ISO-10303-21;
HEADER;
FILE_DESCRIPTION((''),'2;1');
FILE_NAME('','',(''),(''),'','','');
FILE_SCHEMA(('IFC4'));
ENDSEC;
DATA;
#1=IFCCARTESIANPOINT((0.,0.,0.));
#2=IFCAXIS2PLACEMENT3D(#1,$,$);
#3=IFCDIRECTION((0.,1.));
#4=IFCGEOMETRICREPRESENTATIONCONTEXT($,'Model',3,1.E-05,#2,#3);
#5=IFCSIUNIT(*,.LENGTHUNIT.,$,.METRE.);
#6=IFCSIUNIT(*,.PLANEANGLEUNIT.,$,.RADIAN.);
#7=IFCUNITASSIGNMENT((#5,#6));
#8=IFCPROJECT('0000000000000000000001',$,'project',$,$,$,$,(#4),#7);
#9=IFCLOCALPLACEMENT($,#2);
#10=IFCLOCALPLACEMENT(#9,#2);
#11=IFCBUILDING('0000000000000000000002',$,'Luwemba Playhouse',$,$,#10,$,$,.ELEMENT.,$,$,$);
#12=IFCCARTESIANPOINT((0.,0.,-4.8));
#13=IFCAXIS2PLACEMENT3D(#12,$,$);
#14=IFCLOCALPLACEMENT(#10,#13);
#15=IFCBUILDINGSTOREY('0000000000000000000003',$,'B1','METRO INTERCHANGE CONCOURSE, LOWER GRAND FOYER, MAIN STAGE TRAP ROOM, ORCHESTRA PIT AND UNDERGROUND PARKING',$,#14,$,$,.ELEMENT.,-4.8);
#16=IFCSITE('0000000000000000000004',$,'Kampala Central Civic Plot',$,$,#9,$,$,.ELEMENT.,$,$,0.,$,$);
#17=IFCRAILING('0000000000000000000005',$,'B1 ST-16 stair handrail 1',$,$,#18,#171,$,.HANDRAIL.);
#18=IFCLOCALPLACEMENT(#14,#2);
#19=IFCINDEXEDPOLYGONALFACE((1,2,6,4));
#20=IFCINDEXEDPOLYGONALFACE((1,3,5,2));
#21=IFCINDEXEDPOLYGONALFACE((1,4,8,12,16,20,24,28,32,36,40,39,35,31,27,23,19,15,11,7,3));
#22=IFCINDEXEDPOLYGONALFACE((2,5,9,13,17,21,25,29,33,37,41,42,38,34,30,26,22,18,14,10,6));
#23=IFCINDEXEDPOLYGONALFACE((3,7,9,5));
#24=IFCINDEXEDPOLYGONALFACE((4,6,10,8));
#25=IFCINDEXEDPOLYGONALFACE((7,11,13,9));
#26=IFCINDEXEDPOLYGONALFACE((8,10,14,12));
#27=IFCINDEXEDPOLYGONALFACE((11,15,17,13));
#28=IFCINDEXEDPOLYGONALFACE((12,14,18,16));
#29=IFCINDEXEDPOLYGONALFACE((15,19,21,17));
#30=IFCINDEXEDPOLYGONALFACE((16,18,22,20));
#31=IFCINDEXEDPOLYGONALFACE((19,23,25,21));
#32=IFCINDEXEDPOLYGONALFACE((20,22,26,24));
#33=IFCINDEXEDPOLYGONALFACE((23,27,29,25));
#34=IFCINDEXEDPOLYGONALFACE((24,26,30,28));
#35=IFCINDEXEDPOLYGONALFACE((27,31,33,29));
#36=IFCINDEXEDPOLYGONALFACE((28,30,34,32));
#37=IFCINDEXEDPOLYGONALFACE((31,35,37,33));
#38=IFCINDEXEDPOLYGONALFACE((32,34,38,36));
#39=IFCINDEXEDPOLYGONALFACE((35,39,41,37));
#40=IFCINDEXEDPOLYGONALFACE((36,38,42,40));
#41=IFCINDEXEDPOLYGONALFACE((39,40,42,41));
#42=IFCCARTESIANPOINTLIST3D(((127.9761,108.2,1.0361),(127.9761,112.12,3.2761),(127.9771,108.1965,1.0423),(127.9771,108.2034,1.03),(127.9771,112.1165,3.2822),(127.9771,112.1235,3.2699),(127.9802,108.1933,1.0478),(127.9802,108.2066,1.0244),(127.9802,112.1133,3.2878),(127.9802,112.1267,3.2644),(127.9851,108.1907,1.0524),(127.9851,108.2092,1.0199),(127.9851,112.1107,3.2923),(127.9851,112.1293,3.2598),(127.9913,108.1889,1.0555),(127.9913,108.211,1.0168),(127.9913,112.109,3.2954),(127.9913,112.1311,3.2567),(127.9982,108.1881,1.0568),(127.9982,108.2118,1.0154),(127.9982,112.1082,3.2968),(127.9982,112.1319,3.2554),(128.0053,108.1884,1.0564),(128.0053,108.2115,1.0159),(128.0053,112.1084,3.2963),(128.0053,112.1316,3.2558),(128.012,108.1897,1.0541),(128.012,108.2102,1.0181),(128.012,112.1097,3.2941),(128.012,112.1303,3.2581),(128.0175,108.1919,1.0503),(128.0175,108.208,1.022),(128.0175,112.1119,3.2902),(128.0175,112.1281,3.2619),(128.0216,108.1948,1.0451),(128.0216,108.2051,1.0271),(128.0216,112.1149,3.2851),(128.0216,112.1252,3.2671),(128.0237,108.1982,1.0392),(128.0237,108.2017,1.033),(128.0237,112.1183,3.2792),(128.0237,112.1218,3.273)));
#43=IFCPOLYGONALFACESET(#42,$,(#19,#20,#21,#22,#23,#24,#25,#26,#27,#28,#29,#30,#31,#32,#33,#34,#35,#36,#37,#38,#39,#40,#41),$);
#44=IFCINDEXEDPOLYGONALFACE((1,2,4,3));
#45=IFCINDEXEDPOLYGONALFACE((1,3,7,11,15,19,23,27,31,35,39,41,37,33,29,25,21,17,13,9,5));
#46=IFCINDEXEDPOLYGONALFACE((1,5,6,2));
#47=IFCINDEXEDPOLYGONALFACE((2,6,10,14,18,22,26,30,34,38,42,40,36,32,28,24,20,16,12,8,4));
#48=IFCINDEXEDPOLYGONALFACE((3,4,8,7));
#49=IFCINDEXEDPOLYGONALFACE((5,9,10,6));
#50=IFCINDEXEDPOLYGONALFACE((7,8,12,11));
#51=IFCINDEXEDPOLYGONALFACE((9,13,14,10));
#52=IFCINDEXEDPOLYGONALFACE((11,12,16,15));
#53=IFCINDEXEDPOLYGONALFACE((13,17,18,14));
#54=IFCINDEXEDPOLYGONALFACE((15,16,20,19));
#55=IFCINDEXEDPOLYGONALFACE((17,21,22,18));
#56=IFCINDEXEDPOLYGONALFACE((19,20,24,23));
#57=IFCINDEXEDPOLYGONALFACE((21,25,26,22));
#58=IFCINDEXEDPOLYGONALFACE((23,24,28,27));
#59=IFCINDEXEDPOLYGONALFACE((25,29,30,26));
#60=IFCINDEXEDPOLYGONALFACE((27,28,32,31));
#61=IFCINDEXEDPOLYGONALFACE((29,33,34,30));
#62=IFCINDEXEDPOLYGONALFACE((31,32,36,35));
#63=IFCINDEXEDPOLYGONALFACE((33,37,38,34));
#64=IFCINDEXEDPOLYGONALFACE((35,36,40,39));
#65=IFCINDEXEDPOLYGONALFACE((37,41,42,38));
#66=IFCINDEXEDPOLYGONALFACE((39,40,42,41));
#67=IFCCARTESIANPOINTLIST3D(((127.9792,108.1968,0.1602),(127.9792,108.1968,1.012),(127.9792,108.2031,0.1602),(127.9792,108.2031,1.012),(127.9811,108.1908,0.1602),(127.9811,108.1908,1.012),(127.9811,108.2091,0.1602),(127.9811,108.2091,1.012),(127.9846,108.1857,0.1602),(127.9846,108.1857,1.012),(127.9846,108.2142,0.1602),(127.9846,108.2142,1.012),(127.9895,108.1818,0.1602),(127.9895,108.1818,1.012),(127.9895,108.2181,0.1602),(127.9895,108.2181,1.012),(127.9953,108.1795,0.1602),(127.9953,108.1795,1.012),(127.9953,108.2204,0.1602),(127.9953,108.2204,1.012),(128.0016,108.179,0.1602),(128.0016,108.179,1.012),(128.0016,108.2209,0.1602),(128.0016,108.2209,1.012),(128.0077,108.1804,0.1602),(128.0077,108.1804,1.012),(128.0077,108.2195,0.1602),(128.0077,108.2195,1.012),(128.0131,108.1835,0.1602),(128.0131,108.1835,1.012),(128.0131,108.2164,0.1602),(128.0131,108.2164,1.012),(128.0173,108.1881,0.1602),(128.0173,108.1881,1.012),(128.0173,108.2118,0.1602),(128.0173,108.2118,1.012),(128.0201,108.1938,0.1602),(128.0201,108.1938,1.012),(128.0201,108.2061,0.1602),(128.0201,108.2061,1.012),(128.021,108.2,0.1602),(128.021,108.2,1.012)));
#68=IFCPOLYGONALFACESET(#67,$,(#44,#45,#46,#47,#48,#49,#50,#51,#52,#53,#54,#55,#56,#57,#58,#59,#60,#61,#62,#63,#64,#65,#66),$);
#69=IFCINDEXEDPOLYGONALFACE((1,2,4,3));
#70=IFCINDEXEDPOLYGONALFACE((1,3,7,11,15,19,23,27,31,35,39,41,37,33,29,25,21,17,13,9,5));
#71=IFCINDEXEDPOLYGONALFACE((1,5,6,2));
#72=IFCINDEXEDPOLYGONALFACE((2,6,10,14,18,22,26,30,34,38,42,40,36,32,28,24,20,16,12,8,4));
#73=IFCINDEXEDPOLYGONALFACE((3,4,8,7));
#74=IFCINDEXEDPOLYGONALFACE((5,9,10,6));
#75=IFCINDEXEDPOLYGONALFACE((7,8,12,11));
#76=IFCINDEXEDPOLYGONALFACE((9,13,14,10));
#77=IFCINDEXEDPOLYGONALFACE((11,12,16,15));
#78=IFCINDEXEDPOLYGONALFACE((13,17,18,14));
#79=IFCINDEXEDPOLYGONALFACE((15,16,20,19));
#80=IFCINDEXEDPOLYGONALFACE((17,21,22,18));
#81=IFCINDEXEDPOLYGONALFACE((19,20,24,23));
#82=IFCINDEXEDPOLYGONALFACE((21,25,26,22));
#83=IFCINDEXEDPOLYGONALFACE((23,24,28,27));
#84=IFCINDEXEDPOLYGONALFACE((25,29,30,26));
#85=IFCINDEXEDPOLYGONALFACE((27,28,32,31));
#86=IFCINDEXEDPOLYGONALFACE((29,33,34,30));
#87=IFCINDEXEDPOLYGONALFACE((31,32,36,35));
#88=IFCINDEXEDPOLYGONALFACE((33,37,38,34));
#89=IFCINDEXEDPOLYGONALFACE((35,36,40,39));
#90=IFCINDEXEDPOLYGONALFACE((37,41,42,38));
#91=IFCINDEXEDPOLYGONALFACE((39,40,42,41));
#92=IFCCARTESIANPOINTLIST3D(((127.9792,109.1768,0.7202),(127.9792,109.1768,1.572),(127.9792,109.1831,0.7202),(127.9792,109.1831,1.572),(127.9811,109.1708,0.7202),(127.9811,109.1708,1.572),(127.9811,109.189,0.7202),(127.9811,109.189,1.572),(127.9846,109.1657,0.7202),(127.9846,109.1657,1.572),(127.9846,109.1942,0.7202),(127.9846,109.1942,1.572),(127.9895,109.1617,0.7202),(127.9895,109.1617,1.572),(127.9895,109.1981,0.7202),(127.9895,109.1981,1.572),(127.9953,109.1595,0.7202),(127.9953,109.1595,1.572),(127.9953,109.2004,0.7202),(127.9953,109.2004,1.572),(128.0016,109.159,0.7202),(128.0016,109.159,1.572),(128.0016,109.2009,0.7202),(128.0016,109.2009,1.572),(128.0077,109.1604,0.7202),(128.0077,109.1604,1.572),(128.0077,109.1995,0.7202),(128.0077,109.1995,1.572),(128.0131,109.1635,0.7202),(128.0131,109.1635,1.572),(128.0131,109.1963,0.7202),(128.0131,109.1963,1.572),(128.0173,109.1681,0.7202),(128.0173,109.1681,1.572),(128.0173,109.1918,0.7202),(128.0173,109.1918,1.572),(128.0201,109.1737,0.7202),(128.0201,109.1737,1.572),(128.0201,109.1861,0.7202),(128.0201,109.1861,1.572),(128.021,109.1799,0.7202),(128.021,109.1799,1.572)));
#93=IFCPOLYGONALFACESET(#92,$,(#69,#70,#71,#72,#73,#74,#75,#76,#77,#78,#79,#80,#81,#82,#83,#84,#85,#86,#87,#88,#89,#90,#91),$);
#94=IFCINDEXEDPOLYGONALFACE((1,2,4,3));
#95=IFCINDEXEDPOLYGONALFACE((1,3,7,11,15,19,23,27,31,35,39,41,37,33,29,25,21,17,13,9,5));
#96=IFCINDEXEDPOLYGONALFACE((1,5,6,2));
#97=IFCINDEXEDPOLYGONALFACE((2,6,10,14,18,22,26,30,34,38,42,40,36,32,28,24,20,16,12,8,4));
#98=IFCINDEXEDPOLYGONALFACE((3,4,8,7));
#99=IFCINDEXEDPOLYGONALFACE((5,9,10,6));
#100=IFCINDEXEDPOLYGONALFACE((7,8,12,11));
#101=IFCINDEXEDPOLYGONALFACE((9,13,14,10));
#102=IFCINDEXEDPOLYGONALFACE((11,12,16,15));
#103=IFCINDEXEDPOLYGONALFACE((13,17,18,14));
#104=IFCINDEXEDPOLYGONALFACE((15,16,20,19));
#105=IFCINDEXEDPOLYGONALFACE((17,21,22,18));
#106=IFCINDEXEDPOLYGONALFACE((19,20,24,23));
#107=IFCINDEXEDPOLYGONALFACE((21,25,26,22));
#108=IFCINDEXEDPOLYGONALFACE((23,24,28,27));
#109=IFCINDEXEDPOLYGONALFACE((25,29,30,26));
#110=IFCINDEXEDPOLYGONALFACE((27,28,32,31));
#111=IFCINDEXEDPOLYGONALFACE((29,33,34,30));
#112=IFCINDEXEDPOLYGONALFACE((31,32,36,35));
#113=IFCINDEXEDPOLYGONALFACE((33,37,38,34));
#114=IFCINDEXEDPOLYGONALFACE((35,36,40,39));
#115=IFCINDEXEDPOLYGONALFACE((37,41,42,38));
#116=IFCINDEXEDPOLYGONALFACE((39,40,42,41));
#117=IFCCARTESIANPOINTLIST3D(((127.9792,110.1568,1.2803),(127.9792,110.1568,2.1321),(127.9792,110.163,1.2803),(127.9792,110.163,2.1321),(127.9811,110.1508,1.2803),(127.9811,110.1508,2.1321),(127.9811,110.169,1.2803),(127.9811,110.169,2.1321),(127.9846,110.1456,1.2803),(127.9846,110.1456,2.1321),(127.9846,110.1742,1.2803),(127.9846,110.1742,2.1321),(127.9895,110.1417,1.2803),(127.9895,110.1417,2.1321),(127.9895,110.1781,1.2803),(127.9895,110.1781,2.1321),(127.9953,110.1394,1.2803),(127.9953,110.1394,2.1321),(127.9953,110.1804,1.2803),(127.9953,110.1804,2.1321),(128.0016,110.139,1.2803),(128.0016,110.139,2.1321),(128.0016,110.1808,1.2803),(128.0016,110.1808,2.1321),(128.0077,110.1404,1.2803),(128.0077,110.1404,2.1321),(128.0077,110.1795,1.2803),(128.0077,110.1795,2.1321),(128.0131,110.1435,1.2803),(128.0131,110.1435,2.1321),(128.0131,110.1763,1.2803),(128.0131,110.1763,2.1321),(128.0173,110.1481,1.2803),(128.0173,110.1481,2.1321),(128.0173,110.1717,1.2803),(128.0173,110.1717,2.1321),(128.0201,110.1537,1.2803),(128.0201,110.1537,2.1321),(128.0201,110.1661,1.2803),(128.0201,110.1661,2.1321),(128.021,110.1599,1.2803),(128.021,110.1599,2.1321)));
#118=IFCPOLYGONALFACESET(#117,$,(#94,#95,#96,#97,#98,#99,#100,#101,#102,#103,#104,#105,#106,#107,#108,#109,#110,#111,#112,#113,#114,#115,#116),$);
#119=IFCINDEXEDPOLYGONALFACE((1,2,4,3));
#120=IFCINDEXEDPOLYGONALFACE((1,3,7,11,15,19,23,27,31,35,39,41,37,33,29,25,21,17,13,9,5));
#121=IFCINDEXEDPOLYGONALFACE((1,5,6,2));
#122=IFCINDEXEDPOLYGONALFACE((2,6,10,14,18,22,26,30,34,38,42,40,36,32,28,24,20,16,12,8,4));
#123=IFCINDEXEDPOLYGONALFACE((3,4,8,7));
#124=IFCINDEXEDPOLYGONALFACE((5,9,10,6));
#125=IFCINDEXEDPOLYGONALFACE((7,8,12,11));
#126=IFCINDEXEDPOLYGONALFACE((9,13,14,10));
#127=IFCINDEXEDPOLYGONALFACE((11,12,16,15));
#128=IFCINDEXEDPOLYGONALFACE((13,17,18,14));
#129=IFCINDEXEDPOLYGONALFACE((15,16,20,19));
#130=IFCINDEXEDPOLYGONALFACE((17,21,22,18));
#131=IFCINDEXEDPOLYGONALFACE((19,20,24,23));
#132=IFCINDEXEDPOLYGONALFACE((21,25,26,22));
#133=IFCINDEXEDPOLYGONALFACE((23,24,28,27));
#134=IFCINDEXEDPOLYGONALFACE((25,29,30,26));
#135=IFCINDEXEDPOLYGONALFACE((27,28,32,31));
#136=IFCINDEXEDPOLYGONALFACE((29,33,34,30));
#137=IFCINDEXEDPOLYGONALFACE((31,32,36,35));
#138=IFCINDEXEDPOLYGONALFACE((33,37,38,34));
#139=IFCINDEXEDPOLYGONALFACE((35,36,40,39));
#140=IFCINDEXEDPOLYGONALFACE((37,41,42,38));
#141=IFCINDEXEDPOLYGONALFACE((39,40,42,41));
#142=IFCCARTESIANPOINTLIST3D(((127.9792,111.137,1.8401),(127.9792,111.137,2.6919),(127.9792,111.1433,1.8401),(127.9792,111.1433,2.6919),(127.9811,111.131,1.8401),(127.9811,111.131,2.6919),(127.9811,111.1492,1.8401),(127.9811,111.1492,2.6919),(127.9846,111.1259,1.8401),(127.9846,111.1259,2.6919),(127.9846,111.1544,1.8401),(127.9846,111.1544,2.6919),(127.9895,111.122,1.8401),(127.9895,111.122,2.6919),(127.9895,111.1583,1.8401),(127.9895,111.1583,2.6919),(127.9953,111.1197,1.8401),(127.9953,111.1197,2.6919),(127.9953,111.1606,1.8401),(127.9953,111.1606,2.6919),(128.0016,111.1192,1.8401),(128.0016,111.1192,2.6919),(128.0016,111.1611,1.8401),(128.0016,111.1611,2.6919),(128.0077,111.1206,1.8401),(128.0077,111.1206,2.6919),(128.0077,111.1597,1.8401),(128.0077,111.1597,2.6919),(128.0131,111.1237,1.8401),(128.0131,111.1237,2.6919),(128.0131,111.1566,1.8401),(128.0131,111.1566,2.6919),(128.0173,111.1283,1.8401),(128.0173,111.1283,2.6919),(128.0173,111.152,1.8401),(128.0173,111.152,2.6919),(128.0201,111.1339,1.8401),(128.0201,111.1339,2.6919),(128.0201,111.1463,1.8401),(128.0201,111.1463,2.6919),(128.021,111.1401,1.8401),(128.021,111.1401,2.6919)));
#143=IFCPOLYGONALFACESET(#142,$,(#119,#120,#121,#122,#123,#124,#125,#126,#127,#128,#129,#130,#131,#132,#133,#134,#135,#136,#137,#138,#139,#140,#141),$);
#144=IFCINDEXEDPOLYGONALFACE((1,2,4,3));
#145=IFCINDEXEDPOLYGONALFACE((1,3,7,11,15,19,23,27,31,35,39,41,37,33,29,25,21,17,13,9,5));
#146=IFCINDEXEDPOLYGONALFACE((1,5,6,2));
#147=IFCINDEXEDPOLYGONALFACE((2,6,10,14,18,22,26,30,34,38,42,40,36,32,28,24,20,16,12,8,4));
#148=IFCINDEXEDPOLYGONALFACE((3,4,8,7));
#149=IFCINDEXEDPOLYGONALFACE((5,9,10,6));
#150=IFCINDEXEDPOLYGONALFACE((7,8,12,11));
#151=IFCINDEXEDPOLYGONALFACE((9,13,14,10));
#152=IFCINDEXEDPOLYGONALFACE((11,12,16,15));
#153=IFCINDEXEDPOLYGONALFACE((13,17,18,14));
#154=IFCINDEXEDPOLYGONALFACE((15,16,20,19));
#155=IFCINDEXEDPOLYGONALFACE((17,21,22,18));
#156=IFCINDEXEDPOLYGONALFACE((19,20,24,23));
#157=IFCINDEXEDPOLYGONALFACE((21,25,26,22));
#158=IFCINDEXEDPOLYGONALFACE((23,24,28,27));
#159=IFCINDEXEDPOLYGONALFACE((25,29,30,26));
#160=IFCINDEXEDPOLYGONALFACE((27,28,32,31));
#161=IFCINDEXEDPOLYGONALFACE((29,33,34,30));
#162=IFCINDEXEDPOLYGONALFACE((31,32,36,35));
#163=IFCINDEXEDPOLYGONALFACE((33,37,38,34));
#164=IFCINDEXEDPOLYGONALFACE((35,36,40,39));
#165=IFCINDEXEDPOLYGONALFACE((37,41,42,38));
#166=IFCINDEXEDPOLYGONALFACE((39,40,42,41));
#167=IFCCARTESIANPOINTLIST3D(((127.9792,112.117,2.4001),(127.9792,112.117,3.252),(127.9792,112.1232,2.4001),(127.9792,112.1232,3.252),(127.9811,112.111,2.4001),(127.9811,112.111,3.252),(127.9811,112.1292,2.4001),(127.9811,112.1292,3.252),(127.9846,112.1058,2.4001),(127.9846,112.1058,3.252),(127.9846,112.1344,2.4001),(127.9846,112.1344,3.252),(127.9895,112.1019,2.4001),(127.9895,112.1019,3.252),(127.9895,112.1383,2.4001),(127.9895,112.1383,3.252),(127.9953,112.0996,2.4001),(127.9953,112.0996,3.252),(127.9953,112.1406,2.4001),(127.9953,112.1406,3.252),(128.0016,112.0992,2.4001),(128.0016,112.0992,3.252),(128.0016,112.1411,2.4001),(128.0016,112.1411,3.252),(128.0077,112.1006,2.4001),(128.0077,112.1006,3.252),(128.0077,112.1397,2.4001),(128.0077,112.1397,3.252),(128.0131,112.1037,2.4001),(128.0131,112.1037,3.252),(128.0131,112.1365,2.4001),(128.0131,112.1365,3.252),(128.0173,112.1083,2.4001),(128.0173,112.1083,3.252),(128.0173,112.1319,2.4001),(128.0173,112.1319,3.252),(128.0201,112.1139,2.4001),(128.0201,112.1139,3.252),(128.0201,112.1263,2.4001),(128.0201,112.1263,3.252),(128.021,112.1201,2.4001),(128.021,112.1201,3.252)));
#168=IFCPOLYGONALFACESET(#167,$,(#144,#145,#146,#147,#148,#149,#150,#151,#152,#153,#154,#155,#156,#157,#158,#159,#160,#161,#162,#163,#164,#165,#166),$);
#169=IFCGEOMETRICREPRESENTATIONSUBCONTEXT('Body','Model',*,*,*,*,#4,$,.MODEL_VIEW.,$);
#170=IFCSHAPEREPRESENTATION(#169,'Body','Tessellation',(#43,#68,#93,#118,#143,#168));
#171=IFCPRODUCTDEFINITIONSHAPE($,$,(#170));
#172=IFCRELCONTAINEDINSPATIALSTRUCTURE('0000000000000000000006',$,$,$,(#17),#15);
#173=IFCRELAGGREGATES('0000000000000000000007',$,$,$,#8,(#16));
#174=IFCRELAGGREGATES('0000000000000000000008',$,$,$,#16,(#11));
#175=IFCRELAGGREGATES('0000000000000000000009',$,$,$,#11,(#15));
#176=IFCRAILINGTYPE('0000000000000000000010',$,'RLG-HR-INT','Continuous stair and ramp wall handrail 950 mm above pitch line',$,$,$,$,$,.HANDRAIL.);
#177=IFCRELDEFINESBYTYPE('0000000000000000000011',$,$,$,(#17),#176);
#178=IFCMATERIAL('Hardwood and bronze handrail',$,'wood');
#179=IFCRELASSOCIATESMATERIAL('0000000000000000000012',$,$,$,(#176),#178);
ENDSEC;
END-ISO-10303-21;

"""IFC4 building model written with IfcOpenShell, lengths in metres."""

from ifc_helpers import new_model, si_unit, direction, frame, origin, origin_2d, place, context, subcontext, project, spatial, circle, extrude, material, type_object, element, save


model = new_model("IFC4")

# Units and contexts
model_context = context("Model", 3, precision=1e-05, world=origin(), true_north=direction((0.0, 1.0)))
body_context = subcontext(model_context, "Body", "Model", "MODEL_VIEW")
ifc_project = project(units=[si_unit("LENGTHUNIT", "METRE"), si_unit("PLANEANGLEUNIT", "RADIAN")], contexts=[model_context])

# Site, building, storey
site_placement = place(None, origin())
site = spatial("IfcSite", under=ifc_project, at=site_placement, Name="Kampala Central Civic Plot", CompositionType="ELEMENT", RefElevation=0.0)
building_placement = place(site_placement, origin())
building = spatial("IfcBuilding", under=site, at=building_placement, Name="Luwemba Playhouse", CompositionType="ELEMENT")
storey_placement = place(building_placement, frame((0.0, 0.0, -4.8)))
storey = spatial("IfcBuildingStorey", under=building, at=storey_placement, Name="B1", Description="METRO INTERCHANGE CONCOURSE, LOWER GRAND FOYER, MAIN STAGE TRAP ROOM, ORCHESTRA PIT AND UNDERGROUND PARKING", CompositionType="ELEMENT", Elevation=-4.8)

# Railing
ifc_material_1 = material(Name="Hardwood and bronze handrail", Category="wood")
railing_type_1 = type_object("IfcRailingType", Name="RLG-HR-INT", Description="Continuous stair and ramp wall handrail 950 mm above pitch line", PredefinedType="HANDRAIL", material=ifc_material_1)
railing_1_placement = place(storey_placement, frame((128.0, 108.2, 0.1602)))
element("IfcRailing", 1, at=railing_1_placement, inside=storey, type_object=railing_type_1, Name="B1 ST-16 stair handrail 1", PredefinedType="HANDRAIL", context=body_context, shape_type="SweptSolid", body=[
    extrude(circle(Radius=0.0239, at=origin_2d()), frame((0.0, 0.0, 0.876), z_axis=(0.0, 0.868253, 0.496121), x_axis=(-1.0, 0.0, 0.0)), (0.0, 0.0, 1.0), 4.5149),
    extrude(circle(Radius=0.021, at=origin_2d()), origin(), (0.0, 0.0, 1.0), 0.8518),
    extrude(circle(Radius=0.021, at=origin_2d()), frame((0.0, 0.98, 0.5601)), (0.0, 0.0, 1.0), 0.8518),
    extrude(circle(Radius=0.021, at=origin_2d()), frame((0.0, 1.96, 1.1201)), (0.0, 0.0, 1.0), 0.8518),
    extrude(circle(Radius=0.021, at=origin_2d()), frame((0.0, 2.9402, 1.6799)), (0.0, 0.0, 1.0), 0.8518),
    extrude(circle(Radius=0.021, at=origin_2d()), frame((0.0, 3.9202, 2.24)), (0.0, 0.0, 1.0), 0.8518),
])

save(model, "model.ifc")
